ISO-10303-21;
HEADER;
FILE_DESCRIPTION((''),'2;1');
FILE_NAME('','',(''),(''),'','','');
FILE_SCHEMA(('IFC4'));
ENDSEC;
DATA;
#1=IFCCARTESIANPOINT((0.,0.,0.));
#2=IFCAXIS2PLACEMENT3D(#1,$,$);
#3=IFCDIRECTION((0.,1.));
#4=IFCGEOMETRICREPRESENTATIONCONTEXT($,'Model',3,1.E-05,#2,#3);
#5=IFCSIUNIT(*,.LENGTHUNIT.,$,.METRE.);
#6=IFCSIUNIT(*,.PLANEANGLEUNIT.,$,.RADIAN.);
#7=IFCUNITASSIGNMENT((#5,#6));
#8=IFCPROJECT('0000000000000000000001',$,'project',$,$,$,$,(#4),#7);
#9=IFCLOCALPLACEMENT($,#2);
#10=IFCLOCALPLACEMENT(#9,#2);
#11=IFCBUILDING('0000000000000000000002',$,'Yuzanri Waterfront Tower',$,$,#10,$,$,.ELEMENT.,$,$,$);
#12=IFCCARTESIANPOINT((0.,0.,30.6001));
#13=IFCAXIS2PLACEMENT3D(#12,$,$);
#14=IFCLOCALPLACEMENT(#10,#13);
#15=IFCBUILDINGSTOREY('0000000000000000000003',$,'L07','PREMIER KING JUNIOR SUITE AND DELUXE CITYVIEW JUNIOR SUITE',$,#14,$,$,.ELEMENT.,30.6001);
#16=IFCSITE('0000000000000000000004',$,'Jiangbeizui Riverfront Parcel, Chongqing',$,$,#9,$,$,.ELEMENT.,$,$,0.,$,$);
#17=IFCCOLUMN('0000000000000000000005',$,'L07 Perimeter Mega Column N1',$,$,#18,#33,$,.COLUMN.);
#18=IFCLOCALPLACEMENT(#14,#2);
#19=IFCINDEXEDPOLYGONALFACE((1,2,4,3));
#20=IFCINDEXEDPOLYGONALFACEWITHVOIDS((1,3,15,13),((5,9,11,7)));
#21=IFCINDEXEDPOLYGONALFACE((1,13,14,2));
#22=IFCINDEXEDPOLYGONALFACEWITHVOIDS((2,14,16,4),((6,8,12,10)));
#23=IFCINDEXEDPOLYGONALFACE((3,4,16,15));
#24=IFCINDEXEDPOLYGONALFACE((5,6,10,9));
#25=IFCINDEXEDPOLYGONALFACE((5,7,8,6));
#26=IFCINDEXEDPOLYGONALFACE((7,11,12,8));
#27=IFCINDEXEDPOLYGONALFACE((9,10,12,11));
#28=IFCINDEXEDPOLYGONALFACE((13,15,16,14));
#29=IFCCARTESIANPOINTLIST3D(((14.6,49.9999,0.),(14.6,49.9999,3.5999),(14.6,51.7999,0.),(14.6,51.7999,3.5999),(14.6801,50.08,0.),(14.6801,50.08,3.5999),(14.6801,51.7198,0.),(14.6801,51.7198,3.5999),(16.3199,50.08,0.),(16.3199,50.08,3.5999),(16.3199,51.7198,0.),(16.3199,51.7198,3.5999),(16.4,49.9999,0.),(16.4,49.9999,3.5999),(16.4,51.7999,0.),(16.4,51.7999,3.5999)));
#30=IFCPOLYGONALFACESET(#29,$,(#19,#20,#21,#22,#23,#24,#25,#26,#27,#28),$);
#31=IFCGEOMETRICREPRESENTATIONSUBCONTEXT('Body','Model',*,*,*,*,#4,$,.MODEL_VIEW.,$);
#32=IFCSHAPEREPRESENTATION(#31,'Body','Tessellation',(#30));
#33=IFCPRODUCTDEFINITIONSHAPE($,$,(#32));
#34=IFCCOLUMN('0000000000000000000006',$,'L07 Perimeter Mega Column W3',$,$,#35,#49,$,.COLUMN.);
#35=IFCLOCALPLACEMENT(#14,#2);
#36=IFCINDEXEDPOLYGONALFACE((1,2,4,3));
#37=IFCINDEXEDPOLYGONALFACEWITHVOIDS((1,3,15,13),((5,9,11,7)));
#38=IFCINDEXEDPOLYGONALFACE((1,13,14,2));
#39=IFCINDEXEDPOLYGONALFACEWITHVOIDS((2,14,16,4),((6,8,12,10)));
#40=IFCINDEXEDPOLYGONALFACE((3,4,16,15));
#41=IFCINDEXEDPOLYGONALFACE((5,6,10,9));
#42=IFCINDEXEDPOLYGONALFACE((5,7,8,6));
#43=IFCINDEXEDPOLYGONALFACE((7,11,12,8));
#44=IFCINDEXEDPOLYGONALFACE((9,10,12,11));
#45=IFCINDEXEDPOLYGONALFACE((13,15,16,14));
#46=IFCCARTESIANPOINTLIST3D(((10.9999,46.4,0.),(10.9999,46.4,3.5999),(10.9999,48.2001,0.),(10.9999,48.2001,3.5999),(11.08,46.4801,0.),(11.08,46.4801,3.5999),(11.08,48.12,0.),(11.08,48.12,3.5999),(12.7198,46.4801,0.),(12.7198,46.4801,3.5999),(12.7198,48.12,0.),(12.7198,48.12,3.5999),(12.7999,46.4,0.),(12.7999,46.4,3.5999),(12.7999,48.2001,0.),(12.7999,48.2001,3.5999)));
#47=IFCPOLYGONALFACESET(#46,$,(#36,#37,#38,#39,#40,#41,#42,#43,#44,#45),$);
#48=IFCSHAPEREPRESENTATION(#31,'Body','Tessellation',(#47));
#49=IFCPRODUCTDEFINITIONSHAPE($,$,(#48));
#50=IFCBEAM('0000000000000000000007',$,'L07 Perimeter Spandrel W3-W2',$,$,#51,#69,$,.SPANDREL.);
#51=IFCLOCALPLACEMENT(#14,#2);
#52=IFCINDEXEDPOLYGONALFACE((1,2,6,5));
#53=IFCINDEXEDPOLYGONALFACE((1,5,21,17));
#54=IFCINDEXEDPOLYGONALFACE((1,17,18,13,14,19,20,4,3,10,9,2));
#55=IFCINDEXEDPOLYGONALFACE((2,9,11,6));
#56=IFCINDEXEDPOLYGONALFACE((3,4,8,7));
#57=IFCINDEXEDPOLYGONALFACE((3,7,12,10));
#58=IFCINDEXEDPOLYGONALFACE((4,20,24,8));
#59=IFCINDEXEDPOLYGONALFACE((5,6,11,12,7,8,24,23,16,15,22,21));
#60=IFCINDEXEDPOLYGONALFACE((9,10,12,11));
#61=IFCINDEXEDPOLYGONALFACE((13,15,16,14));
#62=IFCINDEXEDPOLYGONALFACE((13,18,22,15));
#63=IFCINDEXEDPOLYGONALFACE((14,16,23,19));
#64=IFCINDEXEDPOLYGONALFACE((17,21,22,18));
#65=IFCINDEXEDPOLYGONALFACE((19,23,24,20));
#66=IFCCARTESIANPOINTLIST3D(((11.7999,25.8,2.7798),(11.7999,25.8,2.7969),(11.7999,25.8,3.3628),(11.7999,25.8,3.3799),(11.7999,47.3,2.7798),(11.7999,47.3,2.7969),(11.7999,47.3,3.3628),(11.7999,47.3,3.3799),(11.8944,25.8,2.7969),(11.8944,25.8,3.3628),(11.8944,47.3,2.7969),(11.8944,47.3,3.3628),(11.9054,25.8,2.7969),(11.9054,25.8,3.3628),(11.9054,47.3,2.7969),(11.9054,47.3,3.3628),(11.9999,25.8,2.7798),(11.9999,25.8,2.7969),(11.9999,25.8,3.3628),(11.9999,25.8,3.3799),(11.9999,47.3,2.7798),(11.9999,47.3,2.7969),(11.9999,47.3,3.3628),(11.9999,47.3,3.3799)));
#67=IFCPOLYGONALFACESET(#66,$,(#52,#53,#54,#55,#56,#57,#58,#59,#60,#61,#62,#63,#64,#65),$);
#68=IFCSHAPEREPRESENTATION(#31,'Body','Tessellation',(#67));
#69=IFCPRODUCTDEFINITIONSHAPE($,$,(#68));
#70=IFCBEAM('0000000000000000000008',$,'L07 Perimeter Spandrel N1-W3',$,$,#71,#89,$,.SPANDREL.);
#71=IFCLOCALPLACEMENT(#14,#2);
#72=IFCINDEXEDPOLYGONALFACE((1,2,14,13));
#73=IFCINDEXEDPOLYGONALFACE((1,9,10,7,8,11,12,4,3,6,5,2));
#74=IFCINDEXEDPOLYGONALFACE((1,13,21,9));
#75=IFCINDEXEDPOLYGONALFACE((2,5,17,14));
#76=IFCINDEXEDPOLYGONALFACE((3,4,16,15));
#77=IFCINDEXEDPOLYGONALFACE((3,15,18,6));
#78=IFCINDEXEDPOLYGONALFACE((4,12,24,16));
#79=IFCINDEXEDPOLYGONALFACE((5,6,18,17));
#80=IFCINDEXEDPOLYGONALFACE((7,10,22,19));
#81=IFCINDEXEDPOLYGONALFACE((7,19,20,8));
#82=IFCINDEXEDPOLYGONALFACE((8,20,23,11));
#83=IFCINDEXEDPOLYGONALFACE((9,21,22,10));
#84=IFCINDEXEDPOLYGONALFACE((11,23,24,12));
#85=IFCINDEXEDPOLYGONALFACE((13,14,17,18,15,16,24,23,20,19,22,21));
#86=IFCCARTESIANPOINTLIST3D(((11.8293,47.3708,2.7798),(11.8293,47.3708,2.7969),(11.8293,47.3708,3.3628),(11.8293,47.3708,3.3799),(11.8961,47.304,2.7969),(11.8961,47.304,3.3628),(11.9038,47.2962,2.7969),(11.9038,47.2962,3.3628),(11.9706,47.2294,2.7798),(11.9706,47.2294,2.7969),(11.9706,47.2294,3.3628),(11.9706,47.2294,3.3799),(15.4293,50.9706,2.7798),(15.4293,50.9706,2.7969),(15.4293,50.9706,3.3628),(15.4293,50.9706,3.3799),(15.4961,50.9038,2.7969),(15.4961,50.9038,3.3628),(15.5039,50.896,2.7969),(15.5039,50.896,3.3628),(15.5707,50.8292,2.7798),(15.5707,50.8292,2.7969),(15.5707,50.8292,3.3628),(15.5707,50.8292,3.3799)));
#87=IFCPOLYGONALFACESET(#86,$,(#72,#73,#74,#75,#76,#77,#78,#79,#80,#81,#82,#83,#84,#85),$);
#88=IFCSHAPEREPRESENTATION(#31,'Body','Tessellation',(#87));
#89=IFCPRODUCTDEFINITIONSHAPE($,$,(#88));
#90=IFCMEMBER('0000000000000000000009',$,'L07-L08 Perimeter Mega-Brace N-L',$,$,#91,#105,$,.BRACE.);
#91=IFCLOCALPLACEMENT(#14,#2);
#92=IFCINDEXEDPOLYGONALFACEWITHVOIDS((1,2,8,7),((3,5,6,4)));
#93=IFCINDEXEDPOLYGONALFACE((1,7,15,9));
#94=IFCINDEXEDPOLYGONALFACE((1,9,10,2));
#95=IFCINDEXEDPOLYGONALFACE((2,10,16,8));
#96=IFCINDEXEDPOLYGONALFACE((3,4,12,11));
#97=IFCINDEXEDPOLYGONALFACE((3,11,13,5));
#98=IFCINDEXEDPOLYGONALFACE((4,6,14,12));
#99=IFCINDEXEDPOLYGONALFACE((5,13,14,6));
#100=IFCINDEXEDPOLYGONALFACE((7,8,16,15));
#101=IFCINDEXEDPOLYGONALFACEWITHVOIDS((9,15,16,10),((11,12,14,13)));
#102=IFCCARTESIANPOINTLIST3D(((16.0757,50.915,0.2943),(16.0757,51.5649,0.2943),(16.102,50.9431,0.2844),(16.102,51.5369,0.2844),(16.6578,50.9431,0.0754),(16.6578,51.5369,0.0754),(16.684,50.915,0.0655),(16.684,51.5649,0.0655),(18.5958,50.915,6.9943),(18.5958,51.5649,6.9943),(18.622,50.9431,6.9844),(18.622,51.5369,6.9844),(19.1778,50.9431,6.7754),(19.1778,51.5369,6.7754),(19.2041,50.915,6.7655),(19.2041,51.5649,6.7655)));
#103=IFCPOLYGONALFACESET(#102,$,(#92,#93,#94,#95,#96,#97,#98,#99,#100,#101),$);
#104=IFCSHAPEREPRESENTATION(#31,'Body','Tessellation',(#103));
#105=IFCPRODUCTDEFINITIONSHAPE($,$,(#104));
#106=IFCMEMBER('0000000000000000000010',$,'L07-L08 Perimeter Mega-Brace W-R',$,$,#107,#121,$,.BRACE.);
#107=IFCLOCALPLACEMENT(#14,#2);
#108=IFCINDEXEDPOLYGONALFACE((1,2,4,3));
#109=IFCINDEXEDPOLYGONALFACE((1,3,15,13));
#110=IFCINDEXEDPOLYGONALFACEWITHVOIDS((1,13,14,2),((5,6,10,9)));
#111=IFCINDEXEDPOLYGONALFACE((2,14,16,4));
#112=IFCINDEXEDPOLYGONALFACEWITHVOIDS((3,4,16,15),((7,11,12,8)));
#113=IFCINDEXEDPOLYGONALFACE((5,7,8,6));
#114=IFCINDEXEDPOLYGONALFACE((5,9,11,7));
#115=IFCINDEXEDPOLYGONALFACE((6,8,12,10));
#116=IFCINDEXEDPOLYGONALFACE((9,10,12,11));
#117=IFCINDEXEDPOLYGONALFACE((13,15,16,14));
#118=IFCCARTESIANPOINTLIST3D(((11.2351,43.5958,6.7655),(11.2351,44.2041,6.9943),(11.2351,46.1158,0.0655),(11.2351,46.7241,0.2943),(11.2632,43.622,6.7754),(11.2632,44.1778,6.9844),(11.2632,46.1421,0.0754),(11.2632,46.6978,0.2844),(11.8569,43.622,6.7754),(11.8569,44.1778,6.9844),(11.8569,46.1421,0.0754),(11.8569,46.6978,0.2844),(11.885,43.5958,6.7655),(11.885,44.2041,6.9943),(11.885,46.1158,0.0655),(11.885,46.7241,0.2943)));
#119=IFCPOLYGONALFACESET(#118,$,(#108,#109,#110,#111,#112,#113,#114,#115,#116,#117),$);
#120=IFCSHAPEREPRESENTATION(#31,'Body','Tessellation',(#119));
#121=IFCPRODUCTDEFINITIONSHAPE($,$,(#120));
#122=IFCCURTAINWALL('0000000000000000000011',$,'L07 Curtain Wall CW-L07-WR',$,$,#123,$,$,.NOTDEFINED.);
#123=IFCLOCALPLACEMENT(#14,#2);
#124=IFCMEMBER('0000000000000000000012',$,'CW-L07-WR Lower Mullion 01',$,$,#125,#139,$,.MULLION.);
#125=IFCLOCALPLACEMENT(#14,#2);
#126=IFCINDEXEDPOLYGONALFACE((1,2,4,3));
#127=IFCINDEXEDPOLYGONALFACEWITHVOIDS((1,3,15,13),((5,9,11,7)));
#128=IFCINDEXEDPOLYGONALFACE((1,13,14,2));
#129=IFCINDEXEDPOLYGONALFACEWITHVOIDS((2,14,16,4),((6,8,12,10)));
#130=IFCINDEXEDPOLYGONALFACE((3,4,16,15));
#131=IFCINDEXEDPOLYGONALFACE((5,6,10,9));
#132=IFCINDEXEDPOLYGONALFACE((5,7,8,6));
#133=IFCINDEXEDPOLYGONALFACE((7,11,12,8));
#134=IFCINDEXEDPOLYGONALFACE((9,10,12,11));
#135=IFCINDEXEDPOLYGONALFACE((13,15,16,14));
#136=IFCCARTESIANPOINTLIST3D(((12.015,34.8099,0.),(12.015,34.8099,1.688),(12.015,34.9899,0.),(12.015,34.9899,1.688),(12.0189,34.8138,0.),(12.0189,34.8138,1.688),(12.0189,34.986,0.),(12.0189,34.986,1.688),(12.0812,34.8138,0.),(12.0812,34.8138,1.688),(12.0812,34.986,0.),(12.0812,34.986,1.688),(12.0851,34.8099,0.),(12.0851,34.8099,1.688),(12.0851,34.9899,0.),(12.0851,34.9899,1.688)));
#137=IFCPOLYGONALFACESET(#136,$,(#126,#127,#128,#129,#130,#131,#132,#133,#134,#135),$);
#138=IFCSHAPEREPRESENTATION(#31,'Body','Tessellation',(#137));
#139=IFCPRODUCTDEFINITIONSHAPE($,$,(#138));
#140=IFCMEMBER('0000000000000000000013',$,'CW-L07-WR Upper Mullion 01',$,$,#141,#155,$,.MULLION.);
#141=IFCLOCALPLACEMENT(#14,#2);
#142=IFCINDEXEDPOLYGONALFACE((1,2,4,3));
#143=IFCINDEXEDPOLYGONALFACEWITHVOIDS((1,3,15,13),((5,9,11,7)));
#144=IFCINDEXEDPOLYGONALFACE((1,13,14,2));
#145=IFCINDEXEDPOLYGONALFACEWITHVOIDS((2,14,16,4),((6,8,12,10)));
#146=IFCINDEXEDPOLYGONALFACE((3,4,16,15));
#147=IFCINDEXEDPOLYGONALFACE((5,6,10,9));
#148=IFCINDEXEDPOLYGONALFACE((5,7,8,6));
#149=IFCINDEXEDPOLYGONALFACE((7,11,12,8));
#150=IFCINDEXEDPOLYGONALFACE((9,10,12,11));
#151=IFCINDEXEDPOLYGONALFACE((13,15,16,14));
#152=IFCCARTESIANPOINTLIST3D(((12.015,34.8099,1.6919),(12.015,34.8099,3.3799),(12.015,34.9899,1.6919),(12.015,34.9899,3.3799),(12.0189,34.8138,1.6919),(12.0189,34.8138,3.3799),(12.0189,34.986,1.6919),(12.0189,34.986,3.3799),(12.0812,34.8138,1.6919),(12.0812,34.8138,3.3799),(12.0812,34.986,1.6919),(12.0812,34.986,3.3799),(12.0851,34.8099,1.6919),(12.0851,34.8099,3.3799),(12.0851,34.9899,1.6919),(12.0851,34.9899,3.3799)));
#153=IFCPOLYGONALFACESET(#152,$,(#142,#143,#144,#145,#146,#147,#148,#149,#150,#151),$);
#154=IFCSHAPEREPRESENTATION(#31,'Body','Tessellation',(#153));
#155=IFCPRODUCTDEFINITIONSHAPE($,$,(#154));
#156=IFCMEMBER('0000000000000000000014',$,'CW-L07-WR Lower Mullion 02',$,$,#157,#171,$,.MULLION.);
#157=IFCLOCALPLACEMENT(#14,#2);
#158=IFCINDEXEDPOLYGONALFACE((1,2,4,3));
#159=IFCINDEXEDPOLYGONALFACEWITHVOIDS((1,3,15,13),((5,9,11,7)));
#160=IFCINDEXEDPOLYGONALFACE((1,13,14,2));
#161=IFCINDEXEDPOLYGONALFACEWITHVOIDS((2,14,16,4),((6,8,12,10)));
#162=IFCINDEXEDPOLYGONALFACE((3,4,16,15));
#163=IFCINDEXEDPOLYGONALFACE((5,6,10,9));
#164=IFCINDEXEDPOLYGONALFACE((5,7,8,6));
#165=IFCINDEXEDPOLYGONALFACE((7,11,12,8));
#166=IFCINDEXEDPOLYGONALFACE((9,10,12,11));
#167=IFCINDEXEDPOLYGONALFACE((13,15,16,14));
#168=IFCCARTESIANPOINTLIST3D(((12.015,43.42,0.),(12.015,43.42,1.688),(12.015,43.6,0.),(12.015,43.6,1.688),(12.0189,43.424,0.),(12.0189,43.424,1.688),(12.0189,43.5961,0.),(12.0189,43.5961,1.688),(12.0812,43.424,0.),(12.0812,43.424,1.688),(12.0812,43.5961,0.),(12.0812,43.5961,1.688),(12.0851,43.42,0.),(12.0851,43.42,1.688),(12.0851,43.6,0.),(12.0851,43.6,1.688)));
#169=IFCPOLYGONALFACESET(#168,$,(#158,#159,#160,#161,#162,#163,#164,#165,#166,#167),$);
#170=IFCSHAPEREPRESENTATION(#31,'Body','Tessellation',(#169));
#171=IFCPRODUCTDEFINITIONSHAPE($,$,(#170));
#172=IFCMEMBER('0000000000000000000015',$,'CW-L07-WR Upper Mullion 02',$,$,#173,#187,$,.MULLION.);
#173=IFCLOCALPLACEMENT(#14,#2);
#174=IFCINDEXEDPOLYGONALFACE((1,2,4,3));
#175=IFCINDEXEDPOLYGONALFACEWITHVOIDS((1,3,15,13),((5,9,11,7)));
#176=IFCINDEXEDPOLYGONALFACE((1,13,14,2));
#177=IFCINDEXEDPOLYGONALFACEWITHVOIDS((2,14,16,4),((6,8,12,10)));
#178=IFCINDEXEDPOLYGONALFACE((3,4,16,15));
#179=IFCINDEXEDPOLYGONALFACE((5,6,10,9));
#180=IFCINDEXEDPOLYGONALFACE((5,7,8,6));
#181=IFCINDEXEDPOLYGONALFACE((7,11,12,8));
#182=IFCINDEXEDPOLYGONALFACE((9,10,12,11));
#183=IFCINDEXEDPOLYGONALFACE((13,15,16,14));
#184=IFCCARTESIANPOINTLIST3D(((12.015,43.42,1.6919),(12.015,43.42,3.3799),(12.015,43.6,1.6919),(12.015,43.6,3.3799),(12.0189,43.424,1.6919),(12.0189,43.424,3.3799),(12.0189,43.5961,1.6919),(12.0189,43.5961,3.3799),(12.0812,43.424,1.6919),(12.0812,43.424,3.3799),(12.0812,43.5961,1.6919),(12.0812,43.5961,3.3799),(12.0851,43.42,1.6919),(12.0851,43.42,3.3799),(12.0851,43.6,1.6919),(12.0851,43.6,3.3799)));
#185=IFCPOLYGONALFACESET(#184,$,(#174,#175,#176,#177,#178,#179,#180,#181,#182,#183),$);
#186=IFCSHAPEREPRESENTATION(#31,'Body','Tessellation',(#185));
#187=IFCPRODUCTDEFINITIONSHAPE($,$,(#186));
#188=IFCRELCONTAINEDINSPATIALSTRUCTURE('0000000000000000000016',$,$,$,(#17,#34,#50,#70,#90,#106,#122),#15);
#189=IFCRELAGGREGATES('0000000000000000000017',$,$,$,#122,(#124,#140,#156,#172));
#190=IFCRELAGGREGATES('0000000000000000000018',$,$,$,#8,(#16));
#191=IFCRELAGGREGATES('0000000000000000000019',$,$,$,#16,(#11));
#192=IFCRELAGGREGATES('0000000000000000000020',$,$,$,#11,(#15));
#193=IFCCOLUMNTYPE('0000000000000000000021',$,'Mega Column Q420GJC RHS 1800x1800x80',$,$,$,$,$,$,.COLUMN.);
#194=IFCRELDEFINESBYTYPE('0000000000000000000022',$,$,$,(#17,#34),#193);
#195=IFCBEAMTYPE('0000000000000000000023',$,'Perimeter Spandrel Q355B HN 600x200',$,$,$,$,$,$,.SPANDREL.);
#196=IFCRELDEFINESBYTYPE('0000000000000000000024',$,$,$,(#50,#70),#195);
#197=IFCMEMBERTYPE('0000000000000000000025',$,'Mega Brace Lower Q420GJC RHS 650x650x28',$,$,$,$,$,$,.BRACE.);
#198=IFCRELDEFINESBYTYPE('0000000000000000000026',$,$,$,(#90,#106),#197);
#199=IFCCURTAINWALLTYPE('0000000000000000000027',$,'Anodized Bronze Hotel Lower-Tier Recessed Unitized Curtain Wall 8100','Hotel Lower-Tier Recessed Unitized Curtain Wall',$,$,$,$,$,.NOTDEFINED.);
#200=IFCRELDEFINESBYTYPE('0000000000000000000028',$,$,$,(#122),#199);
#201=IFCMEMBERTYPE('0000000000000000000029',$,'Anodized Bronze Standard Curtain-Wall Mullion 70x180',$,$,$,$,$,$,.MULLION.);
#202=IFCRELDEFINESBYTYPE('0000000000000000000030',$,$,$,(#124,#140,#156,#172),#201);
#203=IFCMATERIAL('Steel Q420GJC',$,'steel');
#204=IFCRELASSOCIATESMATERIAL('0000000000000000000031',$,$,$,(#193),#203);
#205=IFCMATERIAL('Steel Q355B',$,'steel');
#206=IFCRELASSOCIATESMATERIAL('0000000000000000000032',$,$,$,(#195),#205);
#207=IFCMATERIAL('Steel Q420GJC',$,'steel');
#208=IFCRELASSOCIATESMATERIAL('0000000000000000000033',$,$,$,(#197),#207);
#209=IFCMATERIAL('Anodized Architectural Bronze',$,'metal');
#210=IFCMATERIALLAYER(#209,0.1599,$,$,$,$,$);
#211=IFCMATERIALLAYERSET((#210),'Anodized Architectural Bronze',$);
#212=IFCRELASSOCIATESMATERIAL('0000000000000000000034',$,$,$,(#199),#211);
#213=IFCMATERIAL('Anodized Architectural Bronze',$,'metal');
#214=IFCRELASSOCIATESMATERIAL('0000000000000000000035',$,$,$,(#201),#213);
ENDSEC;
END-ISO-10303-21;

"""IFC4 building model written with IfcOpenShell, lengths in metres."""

from ifc_helpers import new_model, si_unit, direction, frame, origin, origin_2d, place, context, subcontext, project, spatial, hollow_rectangle, i_section, extrude, source, transform, mapped, material, layer, layer_set, material_profile, profile_set, type_object, element, aggregate, save


model = new_model("IFC4")

# Units and contexts
model_context = context("Model", 3, precision=1e-05, world=origin(), true_north=direction((0.0, 1.0)))
body_context = subcontext(model_context, "Body", "Model", "MODEL_VIEW")
ifc_project = project(units=[si_unit("LENGTHUNIT", "METRE"), si_unit("PLANEANGLEUNIT", "RADIAN")], contexts=[model_context])

# Site, building, storey
site_placement = place(None, origin())
site = spatial("IfcSite", under=ifc_project, at=site_placement, Name="Jiangbeizui Riverfront Parcel, Chongqing", CompositionType="ELEMENT", RefElevation=0.0)
building_placement = place(site_placement, origin())
building = spatial("IfcBuilding", under=site, at=building_placement, Name="Yuzanri Waterfront Tower", CompositionType="ELEMENT")
storey_placement = place(building_placement, frame((0.0, 0.0, 30.6001)))
storey = spatial("IfcBuildingStorey", under=building, at=storey_placement, Name="L07", Description="PREMIER KING JUNIOR SUITE AND DELUXE CITYVIEW JUNIOR SUITE", CompositionType="ELEMENT", Elevation=30.6001)

# Columns
ifc_material_1 = material(Name="Steel Q420GJC", Category="steel")
ifc_material_profile_1 = material_profile(ifc_material_1, hollow_rectangle(XDim=1.8, YDim=1.8, WallThickness=0.0801, at=origin_2d()), Name="RHS 1800x1800x80")
ifc_profile_set_1 = profile_set([ifc_material_profile_1], Name="Steel Q420GJC")
column_type = type_object("IfcColumnType", Name="Mega Column Q420GJC RHS 1800x1800x80", PredefinedType="COLUMN", material=ifc_profile_set_1)
shared_shape_1 = source(origin(), body_context, "Body", "SweptSolid", [
    extrude(hollow_rectangle(XDim=1.8, YDim=1.8, WallThickness=0.0801, at=origin_2d()), origin(), (0.0, 0.0, 1.0), 3.5999),
])
for number, where, z_axis, x_axis, name in (
    (1, (15.5, 50.8999, 0.0), (0.0, 0.0, 1.0), (1.0, 0.0, 0.0), "L07 Perimeter Mega Column N1"),
    (2, (11.8999, 47.3, 0.0), (0.0, 0.0, 1.0), (1.0, 0.0, 0.0), "L07 Perimeter Mega Column W3"),
):
    element("IfcColumn", number, at=place(storey_placement, frame(where, z_axis=z_axis, x_axis=x_axis)), inside=storey, type_object=column_type, Name=name, PredefinedType="COLUMN", context=body_context, shape_type="MappedRepresentation", body=[
        mapped(shared_shape_1, transform((0.0, 0.0, 0.0), scale=1.0)),
    ])

# Beams
ifc_material_2 = material(Name="Steel Q355B", Category="steel")
ifc_material_profile_2 = material_profile(ifc_material_2, i_section(OverallWidth=0.2, OverallDepth=0.6001, WebThickness=0.011, FlangeThickness=0.0171, at=origin_2d()), Name="HN 600x200x11x17")
ifc_profile_set_2 = profile_set([ifc_material_profile_2], Name="Steel Q355B")
beam_type = type_object("IfcBeamType", Name="Perimeter Spandrel Q355B HN 600x200", PredefinedType="SPANDREL", material=ifc_profile_set_2)
shared_shape_2 = source(origin(), body_context, "Body", "SweptSolid", [
    extrude(i_section(OverallWidth=0.2, OverallDepth=0.6001, WebThickness=0.011, FlangeThickness=0.0171, at=origin_2d()), origin(), (0.0, 0.0, 1.0), 21.5),
])
beam_1_placement = place(storey_placement, frame((11.8999, 47.3, 3.0798), z_axis=(0.0, -1.0, 0.0), x_axis=(1.0, 0.0, 0.0)))
element("IfcBeam", 3, at=beam_1_placement, inside=storey, type_object=beam_type, Name="L07 Perimeter Spandrel W3-W2", PredefinedType="SPANDREL", context=body_context, shape_type="MappedRepresentation", body=[
    mapped(shared_shape_2, transform((0.0, 0.0, 0.0), scale=1.0)),
])
shared_shape_3 = source(origin(), body_context, "Body", "SweptSolid", [
    extrude(i_section(OverallWidth=0.2, OverallDepth=0.6001, WebThickness=0.011, FlangeThickness=0.0171, at=origin_2d()), origin(), (0.0, 0.0, 1.0), 5.0911),
])
beam_2_placement = place(storey_placement, frame((15.5, 50.8999, 3.0798), z_axis=(-0.707131, -0.707083, 0.0), x_axis=(0.707083, -0.707131, 0.0)))
element("IfcBeam", 4, at=beam_2_placement, inside=storey, type_object=beam_type, Name="L07 Perimeter Spandrel N1-W3", PredefinedType="SPANDREL", context=body_context, shape_type="MappedRepresentation", body=[
    mapped(shared_shape_3, transform((0.0, 0.0, 0.0), scale=1.0)),
])

# Members
ifc_material_3 = material(Name="Steel Q420GJC", Category="steel")
ifc_material_profile_3 = material_profile(ifc_material_3, hollow_rectangle(XDim=0.6499, YDim=0.6499, WallThickness=0.0281, at=origin_2d()), Name="RHS 650x650x28")
ifc_profile_set_3 = profile_set([ifc_material_profile_3], Name="Steel Q420GJC")
member_type_1 = type_object("IfcMemberType", Name="Mega Brace Lower Q420GJC RHS 650x650x28", PredefinedType="BRACE", material=ifc_profile_set_3)
shared_shape_4 = source(origin(), body_context, "Body", "SweptSolid", [
    extrude(hollow_rectangle(XDim=0.6499, YDim=0.6499, WallThickness=0.0281, at=origin_2d()), origin(), (0.0, 0.0, 1.0), 7.1582),
])
for number, where, z_axis, x_axis, name in (
    (5, (16.3799, 51.24, 0.1799), (0.352046, 0.0, 0.935983), (0.0, 1.0, 0.0), "L07-L08 Perimeter Mega-Brace N-L"),
    (6, (11.5601, 46.4199, 0.1799), (0.0, -0.352046, 0.935983), (1.0, 0.0, 0.0), "L07-L08 Perimeter Mega-Brace W-R"),
):
    element("IfcMember", number, at=place(storey_placement, frame(where, z_axis=z_axis, x_axis=x_axis)), inside=storey, type_object=member_type_1, Name=name, PredefinedType="BRACE", context=body_context, shape_type="MappedRepresentation", body=[
        mapped(shared_shape_4, transform((0.0, 0.0, 0.0), scale=1.0)),
    ])

# Curtain wall, members
ifc_material_4 = material(Name="Anodized Architectural Bronze", Category="metal")
ifc_layer_1 = layer(ifc_material_4, 0.1599)
ifc_layer_set_1 = layer_set([ifc_layer_1], Name="Anodized Architectural Bronze")
curtain_wall_type = type_object("IfcCurtainWallType", Name="Anodized Bronze Hotel Lower-Tier Recessed Unitized Curtain Wall 8100", Description="Hotel Lower-Tier Recessed Unitized Curtain Wall", PredefinedType="NOTDEFINED", material=ifc_layer_set_1)
curtain_wall_placement = place(storey_placement, origin())
curtain_wall = element("IfcCurtainWall", 7, at=curtain_wall_placement, inside=storey, type_object=curtain_wall_type, Name="L07 Curtain Wall CW-L07-WR", PredefinedType="NOTDEFINED")
ifc_material_5 = material(Name="Anodized Architectural Bronze", Category="metal")
ifc_material_profile_4 = material_profile(ifc_material_5, hollow_rectangle(XDim=0.0701, YDim=0.1799, WallThickness=0.0039, at=origin_2d()), Name="CWM 70x180")
ifc_profile_set_4 = profile_set([ifc_material_profile_4], Name="Anodized Architectural Bronze")
member_type_2 = type_object("IfcMemberType", Name="Anodized Bronze Standard Curtain-Wall Mullion 70x180", PredefinedType="MULLION", material=ifc_profile_set_4)
shared_shape_5 = source(origin(), body_context, "Body", "SweptSolid", [
    extrude(hollow_rectangle(XDim=0.0701, YDim=0.1799, WallThickness=0.0039, at=origin_2d()), origin(), (0.0, 0.0, 1.0), 1.688),
])
member_1_placement = place(storey_placement, frame((12.05, 34.8999, 0.0), z_axis=(0.0, 0.0, 1.0), x_axis=(1.0, 0.0, 0.0)))
member_1 = element("IfcMember", 8, at=member_1_placement, type_object=member_type_2, Name="CW-L07-WR Lower Mullion 01", PredefinedType="MULLION", context=body_context, shape_type="MappedRepresentation", body=[
    mapped(shared_shape_5, transform((0.0, 0.0, 0.0), scale=1.0)),
])
member_2_placement = place(storey_placement, frame((12.05, 34.8999, 1.6919), z_axis=(0.0, 0.0, 1.0), x_axis=(1.0, 0.0, 0.0)))
member_2 = element("IfcMember", 9, at=member_2_placement, type_object=member_type_2, Name="CW-L07-WR Upper Mullion 01", PredefinedType="MULLION", context=body_context, shape_type="MappedRepresentation", body=[
    mapped(shared_shape_5, transform((0.0, 0.0, 0.0), scale=1.0)),
])
member_3_placement = place(storey_placement, frame((12.05, 43.51, 0.0), z_axis=(0.0, 0.0, 1.0), x_axis=(1.0, 0.0, 0.0)))
member_3 = element("IfcMember", 10, at=member_3_placement, type_object=member_type_2, Name="CW-L07-WR Lower Mullion 02", PredefinedType="MULLION", context=body_context, shape_type="MappedRepresentation", body=[
    mapped(shared_shape_5, transform((0.0, 0.0, 0.0), scale=1.0)),
])
member_4_placement = place(storey_placement, frame((12.05, 43.51, 1.6919), z_axis=(0.0, 0.0, 1.0), x_axis=(1.0, 0.0, 0.0)))
member_4 = element("IfcMember", 11, at=member_4_placement, type_object=member_type_2, Name="CW-L07-WR Upper Mullion 02", PredefinedType="MULLION", context=body_context, shape_type="MappedRepresentation", body=[
    mapped(shared_shape_5, transform((0.0, 0.0, 0.0), scale=1.0)),
])

aggregate(curtain_wall, [member_1, member_2, member_3, member_4])

save(model, "model.ifc")
